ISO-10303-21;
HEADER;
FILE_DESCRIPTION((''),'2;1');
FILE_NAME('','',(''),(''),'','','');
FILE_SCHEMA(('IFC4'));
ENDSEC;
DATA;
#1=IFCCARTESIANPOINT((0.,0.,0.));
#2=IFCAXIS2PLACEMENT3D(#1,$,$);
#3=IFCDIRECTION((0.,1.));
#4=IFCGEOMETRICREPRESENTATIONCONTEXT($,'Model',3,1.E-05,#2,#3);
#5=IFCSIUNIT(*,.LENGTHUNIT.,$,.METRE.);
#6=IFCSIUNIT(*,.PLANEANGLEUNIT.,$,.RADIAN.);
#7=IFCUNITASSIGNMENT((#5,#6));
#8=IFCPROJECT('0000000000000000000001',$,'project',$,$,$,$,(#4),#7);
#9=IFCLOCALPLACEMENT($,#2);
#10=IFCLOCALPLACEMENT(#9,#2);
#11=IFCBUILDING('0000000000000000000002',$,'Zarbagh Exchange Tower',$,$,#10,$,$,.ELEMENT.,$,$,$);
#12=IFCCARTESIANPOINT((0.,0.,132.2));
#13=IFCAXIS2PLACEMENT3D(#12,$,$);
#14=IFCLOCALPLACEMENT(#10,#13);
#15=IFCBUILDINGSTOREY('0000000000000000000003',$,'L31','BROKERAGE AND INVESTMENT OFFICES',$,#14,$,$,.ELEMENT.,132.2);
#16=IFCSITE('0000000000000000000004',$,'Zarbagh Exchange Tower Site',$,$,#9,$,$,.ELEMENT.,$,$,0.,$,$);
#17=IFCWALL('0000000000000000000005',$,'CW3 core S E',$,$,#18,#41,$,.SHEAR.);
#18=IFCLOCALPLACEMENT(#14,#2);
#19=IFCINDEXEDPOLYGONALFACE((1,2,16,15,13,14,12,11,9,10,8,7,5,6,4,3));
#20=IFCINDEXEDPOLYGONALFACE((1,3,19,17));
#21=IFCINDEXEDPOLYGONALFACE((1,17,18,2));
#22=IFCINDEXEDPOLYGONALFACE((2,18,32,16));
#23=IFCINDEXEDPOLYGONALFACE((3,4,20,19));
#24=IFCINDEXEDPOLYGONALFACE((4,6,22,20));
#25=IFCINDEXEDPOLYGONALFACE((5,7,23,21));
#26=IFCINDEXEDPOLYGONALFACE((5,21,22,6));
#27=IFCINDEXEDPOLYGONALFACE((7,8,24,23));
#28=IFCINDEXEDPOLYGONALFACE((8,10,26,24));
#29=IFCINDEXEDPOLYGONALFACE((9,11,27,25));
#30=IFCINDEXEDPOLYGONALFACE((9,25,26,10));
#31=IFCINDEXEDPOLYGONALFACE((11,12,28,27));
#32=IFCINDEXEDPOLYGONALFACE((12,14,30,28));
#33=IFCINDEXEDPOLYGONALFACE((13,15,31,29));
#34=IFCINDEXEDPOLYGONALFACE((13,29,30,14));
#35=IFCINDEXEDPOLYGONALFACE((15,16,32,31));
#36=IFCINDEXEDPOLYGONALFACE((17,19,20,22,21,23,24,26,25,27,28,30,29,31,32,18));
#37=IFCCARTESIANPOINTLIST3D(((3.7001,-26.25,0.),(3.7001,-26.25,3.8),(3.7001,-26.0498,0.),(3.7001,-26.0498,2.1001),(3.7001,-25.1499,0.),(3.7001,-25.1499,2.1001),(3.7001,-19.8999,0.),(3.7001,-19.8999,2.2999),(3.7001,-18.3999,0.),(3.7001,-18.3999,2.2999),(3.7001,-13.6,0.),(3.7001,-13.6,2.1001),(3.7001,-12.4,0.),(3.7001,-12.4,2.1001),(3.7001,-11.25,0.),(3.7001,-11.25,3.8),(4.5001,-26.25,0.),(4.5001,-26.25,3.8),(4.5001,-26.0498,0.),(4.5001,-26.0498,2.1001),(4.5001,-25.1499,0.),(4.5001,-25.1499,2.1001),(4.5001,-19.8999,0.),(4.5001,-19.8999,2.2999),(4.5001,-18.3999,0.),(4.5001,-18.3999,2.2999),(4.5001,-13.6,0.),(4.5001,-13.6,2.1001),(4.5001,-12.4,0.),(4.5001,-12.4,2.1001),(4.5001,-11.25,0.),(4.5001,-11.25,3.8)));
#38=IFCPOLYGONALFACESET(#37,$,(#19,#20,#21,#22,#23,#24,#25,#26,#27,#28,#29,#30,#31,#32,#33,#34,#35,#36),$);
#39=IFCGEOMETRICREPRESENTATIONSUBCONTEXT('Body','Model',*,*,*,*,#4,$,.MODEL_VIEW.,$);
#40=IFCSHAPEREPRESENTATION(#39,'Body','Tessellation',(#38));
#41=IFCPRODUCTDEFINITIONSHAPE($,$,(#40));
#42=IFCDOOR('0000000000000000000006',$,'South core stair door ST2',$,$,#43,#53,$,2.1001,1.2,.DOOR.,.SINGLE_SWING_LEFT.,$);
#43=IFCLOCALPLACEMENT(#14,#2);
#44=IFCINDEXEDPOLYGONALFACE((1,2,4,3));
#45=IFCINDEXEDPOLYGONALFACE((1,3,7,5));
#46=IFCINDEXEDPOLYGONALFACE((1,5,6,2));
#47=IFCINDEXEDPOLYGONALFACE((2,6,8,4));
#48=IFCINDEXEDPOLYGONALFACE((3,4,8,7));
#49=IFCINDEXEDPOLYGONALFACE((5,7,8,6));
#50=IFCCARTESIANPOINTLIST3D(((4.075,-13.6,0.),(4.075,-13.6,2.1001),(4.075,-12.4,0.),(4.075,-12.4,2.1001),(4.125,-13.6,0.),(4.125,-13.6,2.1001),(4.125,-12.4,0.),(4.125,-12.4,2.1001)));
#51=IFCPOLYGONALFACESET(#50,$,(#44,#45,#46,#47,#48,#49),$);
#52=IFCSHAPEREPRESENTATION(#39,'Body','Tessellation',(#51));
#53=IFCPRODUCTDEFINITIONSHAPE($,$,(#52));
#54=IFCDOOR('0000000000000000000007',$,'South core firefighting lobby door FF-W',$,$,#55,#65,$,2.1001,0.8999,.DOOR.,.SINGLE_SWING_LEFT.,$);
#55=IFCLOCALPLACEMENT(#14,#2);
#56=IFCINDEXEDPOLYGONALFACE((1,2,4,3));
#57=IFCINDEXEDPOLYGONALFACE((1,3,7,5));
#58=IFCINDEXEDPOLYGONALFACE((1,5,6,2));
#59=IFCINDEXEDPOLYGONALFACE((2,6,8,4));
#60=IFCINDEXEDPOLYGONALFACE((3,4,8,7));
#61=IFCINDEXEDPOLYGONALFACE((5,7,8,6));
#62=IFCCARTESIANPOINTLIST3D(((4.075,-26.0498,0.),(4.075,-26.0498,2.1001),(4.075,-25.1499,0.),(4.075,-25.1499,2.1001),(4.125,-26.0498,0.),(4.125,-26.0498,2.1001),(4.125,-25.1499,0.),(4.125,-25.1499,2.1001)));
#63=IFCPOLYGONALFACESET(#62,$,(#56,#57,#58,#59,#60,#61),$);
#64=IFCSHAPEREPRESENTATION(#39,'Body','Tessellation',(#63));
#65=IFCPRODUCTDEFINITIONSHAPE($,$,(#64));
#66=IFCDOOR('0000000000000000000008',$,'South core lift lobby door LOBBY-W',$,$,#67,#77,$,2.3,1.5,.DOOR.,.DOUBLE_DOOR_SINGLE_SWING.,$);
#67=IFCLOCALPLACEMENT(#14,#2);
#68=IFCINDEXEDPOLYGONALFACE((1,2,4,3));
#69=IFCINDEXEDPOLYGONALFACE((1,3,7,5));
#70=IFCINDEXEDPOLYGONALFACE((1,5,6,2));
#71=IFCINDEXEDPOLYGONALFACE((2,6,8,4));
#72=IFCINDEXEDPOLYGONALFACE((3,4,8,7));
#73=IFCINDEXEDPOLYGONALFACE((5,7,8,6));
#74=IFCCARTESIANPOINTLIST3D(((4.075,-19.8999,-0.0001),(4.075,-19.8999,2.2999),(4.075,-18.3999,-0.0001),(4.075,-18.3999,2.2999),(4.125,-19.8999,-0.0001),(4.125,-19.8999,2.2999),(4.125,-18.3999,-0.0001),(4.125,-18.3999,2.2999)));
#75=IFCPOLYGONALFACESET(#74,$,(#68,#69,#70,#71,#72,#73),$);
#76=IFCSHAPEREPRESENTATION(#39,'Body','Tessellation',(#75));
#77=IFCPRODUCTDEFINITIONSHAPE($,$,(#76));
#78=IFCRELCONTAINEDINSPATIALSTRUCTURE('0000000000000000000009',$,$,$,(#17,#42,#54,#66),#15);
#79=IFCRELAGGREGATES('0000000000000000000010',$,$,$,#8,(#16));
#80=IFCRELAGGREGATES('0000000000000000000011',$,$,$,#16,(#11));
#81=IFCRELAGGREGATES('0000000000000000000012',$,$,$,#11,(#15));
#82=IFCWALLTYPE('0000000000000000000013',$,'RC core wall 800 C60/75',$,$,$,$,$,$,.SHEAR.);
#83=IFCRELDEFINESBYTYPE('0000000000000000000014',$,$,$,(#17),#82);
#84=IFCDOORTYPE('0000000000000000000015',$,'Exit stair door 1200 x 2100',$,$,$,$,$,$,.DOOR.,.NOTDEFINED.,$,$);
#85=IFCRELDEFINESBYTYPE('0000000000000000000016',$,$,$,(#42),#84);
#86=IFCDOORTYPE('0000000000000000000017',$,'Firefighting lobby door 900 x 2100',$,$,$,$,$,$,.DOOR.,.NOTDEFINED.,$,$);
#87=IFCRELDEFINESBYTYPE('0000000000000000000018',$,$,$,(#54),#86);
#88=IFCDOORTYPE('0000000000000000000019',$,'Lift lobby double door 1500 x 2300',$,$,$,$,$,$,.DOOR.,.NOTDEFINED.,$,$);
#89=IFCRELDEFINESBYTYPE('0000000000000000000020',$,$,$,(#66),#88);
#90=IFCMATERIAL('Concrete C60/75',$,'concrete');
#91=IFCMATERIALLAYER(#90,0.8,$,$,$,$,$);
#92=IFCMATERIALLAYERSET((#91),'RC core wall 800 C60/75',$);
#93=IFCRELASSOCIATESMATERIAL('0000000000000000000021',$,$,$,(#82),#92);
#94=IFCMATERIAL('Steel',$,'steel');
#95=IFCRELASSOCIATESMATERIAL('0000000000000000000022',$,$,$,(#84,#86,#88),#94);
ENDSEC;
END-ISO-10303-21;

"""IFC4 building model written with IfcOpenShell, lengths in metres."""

from ifc_helpers import new_model, si_unit, direction, frame, frame_2d, origin, place, context, subcontext, project, spatial, rectangle, extrude, material, layer, layer_set, type_object, element, fill, save


model = new_model("IFC4")

# Units and contexts
model_context = context("Model", 3, precision=1e-05, world=origin(), true_north=direction((0.0, 1.0)))
body_context = subcontext(model_context, "Body", "Model", "MODEL_VIEW")
ifc_project = project(units=[si_unit("LENGTHUNIT", "METRE"), si_unit("PLANEANGLEUNIT", "RADIAN")], contexts=[model_context])

# Site, building, storey
site_placement = place(None, origin())
site = spatial("IfcSite", under=ifc_project, at=site_placement, Name="Zarbagh Exchange Tower Site", CompositionType="ELEMENT", RefElevation=0.0)
building_placement = place(site_placement, origin())
building = spatial("IfcBuilding", under=site, at=building_placement, Name="Zarbagh Exchange Tower", CompositionType="ELEMENT")
storey_placement = place(building_placement, frame((0.0, 0.0, 132.2)))
storey = spatial("IfcBuildingStorey", under=building, at=storey_placement, Name="L31", Description="BROKERAGE AND INVESTMENT OFFICES", CompositionType="ELEMENT", Elevation=132.2)

# Shared definitions
ifc_material_1 = material(Name="Concrete C60/75", Category="concrete")

# Wall, openings, doors
ifc_layer_1 = layer(ifc_material_1, 0.8)
ifc_layer_set_1 = layer_set([ifc_layer_1], Name="RC core wall 800 C60/75")
wall_type_1 = type_object("IfcWallType", Name="RC core wall 800 C60/75", PredefinedType="SHEAR", material=ifc_layer_set_1)
wall_1_placement = place(storey_placement, frame((4.1001, -11.25, 0.0), z_axis=(0.0, 0.0, 1.0), x_axis=(0.0, -1.0, 0.0)))
wall_1 = element("IfcWall", 1, at=wall_1_placement, inside=storey, type_object=wall_type_1, Name="CW3 core S E", PredefinedType="SHEAR", context=body_context, shape_type="SweptSolid", body=[
    extrude(rectangle(XDim=15.0, YDim=0.8, at=frame_2d((7.5, 0.0))), origin(), (0.0, 0.0, 1.0), 3.8),
])
opening_1_placement = place(wall_1_placement, frame((7.1499, 0.0, 0.0)))
opening_1 = element("IfcOpeningElement", 2, at=opening_1_placement, cuts=wall_1, PredefinedType="OPENING", context=body_context, shape_type="SweptSolid", body=[
    extrude(rectangle(XDim=1.5, YDim=2.3, at=frame_2d((0.75, 1.1499))), frame((0.0, 0.4099, 0.0), z_axis=(0.0, -1.0, 0.0), x_axis=(1.0, 0.0, 0.0)), (0.0, 0.0, 1.0), 0.8201),
])
opening_2_placement = place(wall_1_placement, frame((13.8999, 0.0, 0.0)))
opening_2 = element("IfcOpeningElement", 3, at=opening_2_placement, cuts=wall_1, PredefinedType="OPENING", context=body_context, shape_type="SweptSolid", body=[
    extrude(rectangle(XDim=0.8999, YDim=2.1001, at=frame_2d((0.45, 1.05))), frame((0.0, 0.4099, 0.0), z_axis=(0.0, -1.0, 0.0), x_axis=(1.0, 0.0, 0.0)), (0.0, 0.0, 1.0), 0.8201),
])
opening_3_placement = place(wall_1_placement, frame((1.1499, 0.0, 0.0)))
opening_3 = element("IfcOpeningElement", 4, at=opening_3_placement, cuts=wall_1, PredefinedType="OPENING", context=body_context, shape_type="SweptSolid", body=[
    extrude(rectangle(XDim=1.2, YDim=2.1001, at=frame_2d((0.6001, 1.05))), frame((0.0, 0.4099, 0.0), z_axis=(0.0, -1.0, 0.0), x_axis=(1.0, 0.0, 0.0)), (0.0, 0.0, 1.0), 0.8201),
])
ifc_material_2 = material(Name="Steel", Category="steel")
door_type_1 = type_object("IfcDoorType", Name="Exit stair door 1200 x 2100", OperationType="NOTDEFINED", PredefinedType="DOOR", material=ifc_material_2)
door_1_placement = place(opening_3_placement, origin())
door_1 = element("IfcDoor", 5, at=door_1_placement, inside=storey, type_object=door_type_1, Name="South core stair door ST2", OperationType="SINGLE_SWING_LEFT", OverallHeight=2.1001, OverallWidth=1.2, PredefinedType="DOOR", context=body_context, shape_type="SweptSolid", body=[
    extrude(rectangle(XDim=1.2, YDim=2.1001, at=frame_2d((0.6001, 1.05))), frame((0.0, 0.0249, 0.0), z_axis=(0.0, -1.0, 0.0), x_axis=(1.0, 0.0, 0.0)), (0.0, 0.0, 1.0), 0.05),
])
fill(opening_3, door_1)
door_type_2 = type_object("IfcDoorType", Name="Firefighting lobby door 900 x 2100", OperationType="NOTDEFINED", PredefinedType="DOOR", material=ifc_material_2)
door_2_placement = place(opening_2_placement, origin())
door_2 = element("IfcDoor", 6, at=door_2_placement, inside=storey, type_object=door_type_2, Name="South core firefighting lobby door FF-W", OperationType="SINGLE_SWING_LEFT", OverallHeight=2.1001, OverallWidth=0.8999, PredefinedType="DOOR", context=body_context, shape_type="SweptSolid", body=[
    extrude(rectangle(XDim=0.8999, YDim=2.1001, at=frame_2d((0.45, 1.05))), frame((0.0, 0.0249, 0.0), z_axis=(0.0, -1.0, 0.0), x_axis=(1.0, 0.0, 0.0)), (0.0, 0.0, 1.0), 0.05),
])
fill(opening_2, door_2)
door_type_3 = type_object("IfcDoorType", Name="Lift lobby double door 1500 x 2300", OperationType="NOTDEFINED", PredefinedType="DOOR", material=ifc_material_2)
door_3_placement = place(opening_1_placement, origin())
door_3 = element("IfcDoor", 7, at=door_3_placement, inside=storey, type_object=door_type_3, Name="South core lift lobby door LOBBY-W", OperationType="DOUBLE_DOOR_SINGLE_SWING", OverallHeight=2.3, OverallWidth=1.5, PredefinedType="DOOR", context=body_context, shape_type="SweptSolid", body=[
    extrude(rectangle(XDim=1.5, YDim=2.3, at=frame_2d((0.75, 1.1499))), frame((0.0, 0.0249, 0.0), z_axis=(0.0, -1.0, 0.0), x_axis=(1.0, 0.0, 0.0)), (0.0, 0.0, 1.0), 0.05),
])
fill(opening_1, door_3)

save(model, "model.ifc")
